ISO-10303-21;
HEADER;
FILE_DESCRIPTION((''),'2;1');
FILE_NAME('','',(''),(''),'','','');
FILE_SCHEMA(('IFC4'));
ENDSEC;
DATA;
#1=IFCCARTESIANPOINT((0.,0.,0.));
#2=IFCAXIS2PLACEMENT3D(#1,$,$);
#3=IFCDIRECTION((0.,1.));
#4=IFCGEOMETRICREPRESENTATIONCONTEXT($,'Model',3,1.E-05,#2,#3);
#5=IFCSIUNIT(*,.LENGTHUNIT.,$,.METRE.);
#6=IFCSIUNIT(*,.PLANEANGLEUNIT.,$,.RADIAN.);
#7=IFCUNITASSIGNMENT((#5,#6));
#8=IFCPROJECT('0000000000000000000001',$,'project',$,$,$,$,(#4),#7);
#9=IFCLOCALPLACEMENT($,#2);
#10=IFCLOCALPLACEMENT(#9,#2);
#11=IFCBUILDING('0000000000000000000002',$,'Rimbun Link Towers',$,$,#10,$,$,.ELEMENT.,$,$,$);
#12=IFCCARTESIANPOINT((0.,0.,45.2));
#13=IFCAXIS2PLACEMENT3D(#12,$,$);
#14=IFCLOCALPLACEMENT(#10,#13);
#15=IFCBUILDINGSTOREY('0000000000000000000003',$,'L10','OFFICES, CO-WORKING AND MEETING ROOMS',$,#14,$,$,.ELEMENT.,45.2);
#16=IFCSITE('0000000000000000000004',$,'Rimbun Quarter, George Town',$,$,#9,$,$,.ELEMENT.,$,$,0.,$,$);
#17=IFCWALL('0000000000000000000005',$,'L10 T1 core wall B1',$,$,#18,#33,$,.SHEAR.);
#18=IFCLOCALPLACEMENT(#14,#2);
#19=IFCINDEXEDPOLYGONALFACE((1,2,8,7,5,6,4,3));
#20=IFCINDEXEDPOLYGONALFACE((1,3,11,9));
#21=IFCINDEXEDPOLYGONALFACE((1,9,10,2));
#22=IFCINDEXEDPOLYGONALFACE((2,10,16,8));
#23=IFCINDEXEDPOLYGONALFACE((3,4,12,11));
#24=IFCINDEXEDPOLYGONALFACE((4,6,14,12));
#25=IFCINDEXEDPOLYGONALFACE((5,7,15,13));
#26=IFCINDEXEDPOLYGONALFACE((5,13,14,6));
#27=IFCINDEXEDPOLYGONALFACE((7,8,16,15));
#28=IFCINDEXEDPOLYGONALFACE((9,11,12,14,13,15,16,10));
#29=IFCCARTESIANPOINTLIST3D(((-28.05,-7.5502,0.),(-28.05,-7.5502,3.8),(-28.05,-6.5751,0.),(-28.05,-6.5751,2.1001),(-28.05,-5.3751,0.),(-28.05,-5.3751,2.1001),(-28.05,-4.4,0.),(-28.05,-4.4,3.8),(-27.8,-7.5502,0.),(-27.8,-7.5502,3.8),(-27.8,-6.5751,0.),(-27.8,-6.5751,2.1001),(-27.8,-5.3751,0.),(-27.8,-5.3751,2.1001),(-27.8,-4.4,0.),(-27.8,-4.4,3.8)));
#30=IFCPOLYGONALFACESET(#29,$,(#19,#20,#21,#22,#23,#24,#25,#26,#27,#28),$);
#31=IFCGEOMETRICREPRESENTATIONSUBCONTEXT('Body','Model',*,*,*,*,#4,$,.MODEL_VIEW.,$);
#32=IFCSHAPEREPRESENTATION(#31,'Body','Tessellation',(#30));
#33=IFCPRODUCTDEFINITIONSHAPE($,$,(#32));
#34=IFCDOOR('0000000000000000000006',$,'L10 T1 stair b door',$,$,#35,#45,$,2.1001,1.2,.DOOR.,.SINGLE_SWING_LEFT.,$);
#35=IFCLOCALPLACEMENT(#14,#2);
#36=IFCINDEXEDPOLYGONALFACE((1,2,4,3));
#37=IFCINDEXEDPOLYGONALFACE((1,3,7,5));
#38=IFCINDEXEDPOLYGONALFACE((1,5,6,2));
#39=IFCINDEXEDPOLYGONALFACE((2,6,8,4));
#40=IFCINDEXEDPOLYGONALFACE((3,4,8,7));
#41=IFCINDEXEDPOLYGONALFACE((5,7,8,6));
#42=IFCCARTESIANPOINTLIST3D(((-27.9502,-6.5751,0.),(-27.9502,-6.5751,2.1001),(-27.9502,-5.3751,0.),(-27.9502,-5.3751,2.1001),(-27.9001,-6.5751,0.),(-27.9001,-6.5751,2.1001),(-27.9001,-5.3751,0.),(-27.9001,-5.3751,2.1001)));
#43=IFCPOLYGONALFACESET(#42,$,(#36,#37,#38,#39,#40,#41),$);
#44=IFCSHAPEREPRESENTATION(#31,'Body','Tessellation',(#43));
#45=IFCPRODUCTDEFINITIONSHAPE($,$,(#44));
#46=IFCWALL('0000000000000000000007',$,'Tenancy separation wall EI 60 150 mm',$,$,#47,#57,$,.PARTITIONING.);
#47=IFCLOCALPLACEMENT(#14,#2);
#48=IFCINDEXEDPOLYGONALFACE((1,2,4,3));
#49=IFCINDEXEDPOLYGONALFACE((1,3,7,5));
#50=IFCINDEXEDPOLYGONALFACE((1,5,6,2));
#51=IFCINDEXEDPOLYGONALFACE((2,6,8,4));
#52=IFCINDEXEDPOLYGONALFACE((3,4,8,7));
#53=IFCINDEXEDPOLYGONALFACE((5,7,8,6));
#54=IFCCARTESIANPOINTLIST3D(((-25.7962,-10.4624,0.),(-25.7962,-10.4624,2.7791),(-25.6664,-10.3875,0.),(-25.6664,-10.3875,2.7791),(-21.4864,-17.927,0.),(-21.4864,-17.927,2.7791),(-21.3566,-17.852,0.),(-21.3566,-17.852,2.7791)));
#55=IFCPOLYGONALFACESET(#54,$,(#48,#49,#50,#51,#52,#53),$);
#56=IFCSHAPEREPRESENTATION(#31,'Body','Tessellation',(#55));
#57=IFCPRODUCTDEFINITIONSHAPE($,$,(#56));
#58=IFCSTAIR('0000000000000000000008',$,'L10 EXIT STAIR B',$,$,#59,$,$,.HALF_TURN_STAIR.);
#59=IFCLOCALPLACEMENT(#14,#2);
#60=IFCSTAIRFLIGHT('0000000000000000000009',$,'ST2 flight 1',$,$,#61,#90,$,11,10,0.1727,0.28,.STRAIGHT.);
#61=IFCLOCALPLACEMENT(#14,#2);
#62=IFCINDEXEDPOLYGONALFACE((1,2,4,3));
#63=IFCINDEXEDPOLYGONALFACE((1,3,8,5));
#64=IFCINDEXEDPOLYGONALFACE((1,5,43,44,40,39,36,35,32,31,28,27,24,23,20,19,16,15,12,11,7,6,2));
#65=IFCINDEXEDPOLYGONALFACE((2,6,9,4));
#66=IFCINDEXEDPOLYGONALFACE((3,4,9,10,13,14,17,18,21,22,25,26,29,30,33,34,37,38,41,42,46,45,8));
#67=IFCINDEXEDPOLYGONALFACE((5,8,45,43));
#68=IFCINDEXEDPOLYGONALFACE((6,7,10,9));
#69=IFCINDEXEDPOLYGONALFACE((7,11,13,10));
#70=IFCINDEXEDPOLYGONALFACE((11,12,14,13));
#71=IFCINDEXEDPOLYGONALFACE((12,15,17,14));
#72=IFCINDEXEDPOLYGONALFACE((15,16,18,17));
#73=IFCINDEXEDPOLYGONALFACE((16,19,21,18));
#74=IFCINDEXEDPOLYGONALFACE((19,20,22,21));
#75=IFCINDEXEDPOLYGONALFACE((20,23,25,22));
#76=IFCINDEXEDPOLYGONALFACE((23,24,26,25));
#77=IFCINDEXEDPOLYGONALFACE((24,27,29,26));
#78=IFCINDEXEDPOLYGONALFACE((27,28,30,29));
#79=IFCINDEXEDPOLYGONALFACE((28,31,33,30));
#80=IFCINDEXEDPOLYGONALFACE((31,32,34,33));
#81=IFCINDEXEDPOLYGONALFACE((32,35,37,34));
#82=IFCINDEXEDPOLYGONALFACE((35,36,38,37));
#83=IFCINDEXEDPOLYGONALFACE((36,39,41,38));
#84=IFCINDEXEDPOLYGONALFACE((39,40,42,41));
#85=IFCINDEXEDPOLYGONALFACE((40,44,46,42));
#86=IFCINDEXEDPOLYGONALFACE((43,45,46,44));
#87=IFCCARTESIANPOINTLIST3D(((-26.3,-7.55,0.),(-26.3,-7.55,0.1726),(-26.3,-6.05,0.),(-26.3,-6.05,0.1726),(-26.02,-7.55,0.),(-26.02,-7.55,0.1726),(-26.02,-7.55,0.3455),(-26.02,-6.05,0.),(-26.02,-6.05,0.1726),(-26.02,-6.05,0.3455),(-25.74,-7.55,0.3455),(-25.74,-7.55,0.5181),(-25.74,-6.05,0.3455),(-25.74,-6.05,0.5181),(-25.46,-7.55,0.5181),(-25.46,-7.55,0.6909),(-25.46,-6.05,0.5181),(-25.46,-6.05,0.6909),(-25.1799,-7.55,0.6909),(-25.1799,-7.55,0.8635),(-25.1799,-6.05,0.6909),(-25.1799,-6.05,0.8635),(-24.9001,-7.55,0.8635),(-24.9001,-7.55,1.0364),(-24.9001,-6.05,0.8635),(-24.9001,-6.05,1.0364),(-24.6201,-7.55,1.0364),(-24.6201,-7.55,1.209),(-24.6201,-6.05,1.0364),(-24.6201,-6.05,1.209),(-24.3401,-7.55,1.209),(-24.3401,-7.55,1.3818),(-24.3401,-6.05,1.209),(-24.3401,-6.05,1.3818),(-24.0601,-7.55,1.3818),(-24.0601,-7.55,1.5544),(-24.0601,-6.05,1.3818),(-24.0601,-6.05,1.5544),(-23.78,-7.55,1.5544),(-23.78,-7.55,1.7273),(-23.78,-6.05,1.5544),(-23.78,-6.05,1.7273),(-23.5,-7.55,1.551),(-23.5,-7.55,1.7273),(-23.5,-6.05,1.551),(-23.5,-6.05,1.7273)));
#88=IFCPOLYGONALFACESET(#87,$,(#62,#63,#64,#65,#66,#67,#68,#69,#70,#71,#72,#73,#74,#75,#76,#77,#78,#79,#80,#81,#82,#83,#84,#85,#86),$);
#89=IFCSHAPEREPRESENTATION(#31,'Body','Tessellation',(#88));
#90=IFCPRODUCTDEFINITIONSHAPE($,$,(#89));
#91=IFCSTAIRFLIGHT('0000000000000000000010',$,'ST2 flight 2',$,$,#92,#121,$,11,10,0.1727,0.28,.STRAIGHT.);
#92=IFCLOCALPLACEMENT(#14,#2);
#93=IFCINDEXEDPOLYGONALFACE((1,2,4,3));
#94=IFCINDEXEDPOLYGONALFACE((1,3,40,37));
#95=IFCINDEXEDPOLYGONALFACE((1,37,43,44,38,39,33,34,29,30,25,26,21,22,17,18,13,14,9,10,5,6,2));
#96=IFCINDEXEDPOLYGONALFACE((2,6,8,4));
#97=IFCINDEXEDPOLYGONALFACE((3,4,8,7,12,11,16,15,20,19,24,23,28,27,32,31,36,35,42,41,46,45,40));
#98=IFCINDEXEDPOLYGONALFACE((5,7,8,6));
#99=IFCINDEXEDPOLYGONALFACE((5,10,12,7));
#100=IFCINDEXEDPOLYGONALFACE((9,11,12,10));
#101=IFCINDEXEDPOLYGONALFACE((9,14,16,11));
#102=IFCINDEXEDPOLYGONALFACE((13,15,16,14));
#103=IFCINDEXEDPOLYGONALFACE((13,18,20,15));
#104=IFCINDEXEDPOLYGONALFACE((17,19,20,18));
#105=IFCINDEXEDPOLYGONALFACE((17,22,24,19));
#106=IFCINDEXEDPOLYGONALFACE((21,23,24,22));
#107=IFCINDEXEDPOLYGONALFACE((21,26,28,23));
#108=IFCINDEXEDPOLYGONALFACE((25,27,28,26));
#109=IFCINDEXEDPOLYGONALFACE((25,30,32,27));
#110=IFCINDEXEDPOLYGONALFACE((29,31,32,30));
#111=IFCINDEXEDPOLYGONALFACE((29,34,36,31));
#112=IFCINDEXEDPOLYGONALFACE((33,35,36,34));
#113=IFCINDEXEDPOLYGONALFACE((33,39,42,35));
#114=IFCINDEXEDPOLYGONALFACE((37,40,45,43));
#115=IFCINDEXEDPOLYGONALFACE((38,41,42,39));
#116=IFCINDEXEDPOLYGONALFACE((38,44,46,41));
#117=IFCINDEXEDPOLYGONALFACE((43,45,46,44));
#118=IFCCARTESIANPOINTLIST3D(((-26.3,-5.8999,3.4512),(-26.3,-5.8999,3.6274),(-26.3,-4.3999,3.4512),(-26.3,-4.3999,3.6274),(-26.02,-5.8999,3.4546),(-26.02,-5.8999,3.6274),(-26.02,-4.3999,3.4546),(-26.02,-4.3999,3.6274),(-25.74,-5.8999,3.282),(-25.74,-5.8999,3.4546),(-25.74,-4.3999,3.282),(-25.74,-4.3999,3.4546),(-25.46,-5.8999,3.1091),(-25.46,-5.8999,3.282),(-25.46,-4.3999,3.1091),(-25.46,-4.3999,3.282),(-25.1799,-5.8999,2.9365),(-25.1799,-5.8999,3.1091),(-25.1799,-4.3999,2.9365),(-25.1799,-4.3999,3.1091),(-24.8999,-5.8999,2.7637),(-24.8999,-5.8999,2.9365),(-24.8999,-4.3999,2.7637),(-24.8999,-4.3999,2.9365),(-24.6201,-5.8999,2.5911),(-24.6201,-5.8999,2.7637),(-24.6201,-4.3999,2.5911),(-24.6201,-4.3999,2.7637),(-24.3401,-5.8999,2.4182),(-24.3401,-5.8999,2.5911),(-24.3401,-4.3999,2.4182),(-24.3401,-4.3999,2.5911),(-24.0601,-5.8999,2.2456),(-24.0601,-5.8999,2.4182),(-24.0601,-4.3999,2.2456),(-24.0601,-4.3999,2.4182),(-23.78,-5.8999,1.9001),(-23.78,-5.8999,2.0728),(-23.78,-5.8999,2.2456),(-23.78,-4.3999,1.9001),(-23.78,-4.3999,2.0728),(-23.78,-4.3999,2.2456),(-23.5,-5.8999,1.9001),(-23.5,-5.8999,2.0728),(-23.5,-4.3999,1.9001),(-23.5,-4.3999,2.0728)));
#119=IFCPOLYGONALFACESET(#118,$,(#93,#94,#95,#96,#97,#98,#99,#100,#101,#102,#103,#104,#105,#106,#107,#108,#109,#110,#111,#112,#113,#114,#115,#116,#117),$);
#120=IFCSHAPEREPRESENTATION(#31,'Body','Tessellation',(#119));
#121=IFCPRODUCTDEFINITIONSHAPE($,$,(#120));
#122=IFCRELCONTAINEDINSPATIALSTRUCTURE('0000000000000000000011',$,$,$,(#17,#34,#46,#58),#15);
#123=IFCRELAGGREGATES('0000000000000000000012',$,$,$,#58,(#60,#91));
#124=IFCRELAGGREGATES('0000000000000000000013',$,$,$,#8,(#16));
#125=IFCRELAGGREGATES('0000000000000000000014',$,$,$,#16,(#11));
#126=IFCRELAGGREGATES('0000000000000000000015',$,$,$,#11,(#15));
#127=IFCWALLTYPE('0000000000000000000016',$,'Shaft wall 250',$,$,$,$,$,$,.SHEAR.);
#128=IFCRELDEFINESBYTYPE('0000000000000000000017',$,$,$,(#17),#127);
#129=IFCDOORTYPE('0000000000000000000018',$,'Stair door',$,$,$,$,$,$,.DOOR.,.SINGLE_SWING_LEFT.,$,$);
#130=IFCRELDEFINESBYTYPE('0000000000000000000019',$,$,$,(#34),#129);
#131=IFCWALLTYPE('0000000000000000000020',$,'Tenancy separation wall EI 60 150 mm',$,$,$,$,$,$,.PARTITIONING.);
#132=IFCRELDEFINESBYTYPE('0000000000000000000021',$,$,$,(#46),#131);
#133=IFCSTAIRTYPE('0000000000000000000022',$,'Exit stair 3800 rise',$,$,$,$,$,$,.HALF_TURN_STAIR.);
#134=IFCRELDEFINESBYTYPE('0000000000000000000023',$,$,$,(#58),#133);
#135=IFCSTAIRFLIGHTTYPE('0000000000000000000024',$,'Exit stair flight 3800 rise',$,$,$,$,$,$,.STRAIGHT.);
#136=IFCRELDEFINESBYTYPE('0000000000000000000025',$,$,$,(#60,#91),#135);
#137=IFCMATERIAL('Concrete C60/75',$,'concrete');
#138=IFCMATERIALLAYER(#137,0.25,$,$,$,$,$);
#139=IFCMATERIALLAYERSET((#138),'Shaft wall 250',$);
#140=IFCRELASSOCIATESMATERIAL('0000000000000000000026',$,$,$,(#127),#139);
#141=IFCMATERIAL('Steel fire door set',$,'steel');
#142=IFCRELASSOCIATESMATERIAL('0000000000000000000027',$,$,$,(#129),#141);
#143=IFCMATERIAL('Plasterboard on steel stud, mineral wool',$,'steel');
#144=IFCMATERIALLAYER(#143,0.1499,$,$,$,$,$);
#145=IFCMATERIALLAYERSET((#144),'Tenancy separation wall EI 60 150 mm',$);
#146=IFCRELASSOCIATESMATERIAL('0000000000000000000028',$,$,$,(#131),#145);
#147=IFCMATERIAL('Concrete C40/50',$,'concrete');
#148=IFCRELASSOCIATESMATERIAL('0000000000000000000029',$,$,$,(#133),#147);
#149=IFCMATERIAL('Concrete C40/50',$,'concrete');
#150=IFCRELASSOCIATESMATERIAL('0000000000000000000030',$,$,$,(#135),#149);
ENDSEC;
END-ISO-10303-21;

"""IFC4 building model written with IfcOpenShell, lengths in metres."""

from ifc_helpers import new_model, si_unit, direction, frame, frame_2d, origin, place, context, subcontext, project, spatial, polyline, rectangle, outline, extrude, material, layer, layer_set, type_object, element, fill, aggregate, save


model = new_model("IFC4")

# Units and contexts
model_context = context("Model", 3, precision=1e-05, world=origin(), true_north=direction((0.0, 1.0)))
body_context = subcontext(model_context, "Body", "Model", "MODEL_VIEW")
ifc_project = project(units=[si_unit("LENGTHUNIT", "METRE"), si_unit("PLANEANGLEUNIT", "RADIAN")], contexts=[model_context])

# Site, building, storey
site_placement = place(None, origin())
site = spatial("IfcSite", under=ifc_project, at=site_placement, Name="Rimbun Quarter, George Town", CompositionType="ELEMENT", RefElevation=0.0)
building_placement = place(site_placement, origin())
building = spatial("IfcBuilding", under=site, at=building_placement, Name="Rimbun Link Towers", CompositionType="ELEMENT")
storey_placement = place(building_placement, frame((0.0, 0.0, 45.2)))
storey = spatial("IfcBuildingStorey", under=building, at=storey_placement, Name="L10", Description="OFFICES, CO-WORKING AND MEETING ROOMS", CompositionType="ELEMENT", Elevation=45.2)

# Shared definitions
ifc_material_1 = material(Name="Concrete C60/75", Category="concrete")
ifc_layer_1 = layer(ifc_material_1, 0.25)
ifc_layer_set_1 = layer_set([ifc_layer_1], Name="Shaft wall 250")
wall_type_1 = type_object("IfcWallType", Name="Shaft wall 250", PredefinedType="SHEAR", material=ifc_layer_set_1)

# Wall, opening, door
wall_1_placement = place(storey_placement, frame((-27.925, -4.3999, 0.0), z_axis=(0.0, 0.0, 1.0), x_axis=(0.0, -1.0, 0.0)))
wall_1 = element("IfcWall", 1, at=wall_1_placement, inside=storey, type_object=wall_type_1, Name="L10 T1 core wall B1", PredefinedType="SHEAR", context=body_context, shape_type="SweptSolid", body=[
    extrude(rectangle(XDim=3.1501, YDim=0.25, at=frame_2d((1.5752, 0.0))), origin(), (0.0, 0.0, 1.0), 3.8),
])
opening_1_placement = place(wall_1_placement, frame((0.9751, 0.0, 0.0)))
opening_1 = element("IfcOpeningElement", 2, at=opening_1_placement, cuts=wall_1, PredefinedType="OPENING", context=body_context, shape_type="SweptSolid", body=[
    extrude(rectangle(XDim=1.2, YDim=2.1001, at=frame_2d((0.6001, 1.05))), frame((0.0, 0.135, 0.0), z_axis=(0.0, -1.0, 0.0), x_axis=(1.0, 0.0, 0.0)), (0.0, 0.0, 1.0), 0.27),
])
ifc_material_2 = material(Name="Steel fire door set", Category="steel")
door_type_1 = type_object("IfcDoorType", Name="Stair door", OperationType="SINGLE_SWING_LEFT", PredefinedType="DOOR", material=ifc_material_2)
door_1_placement = place(opening_1_placement, origin())
door_1 = element("IfcDoor", 3, at=door_1_placement, inside=storey, type_object=door_type_1, Name="L10 T1 stair b door", OperationType="SINGLE_SWING_LEFT", OverallHeight=2.1001, OverallWidth=1.2, PredefinedType="DOOR", context=body_context, shape_type="SweptSolid", body=[
    extrude(rectangle(XDim=1.2, YDim=2.1001, at=frame_2d((0.6001, 1.05))), frame((0.0, 0.0249, 0.0), z_axis=(0.0, -1.0, 0.0), x_axis=(1.0, 0.0, 0.0)), (0.0, 0.0, 1.0), 0.05),
])
fill(opening_1, door_1)

# Wall
ifc_material_3 = material(Name="Plasterboard on steel stud, mineral wool", Category="steel")
ifc_layer_2 = layer(ifc_material_3, 0.1499)
ifc_layer_set_2 = layer_set([ifc_layer_2], Name="Tenancy separation wall EI 60 150 mm")
wall_type_2 = type_object("IfcWallType", Name="Tenancy separation wall EI 60 150 mm", PredefinedType="PARTITIONING", material=ifc_layer_set_2)
wall_2_placement = place(storey_placement, frame((-25.7312, -10.425, 0.0), z_axis=(0.0, 0.0, 1.0), x_axis=(0.500011, -0.866019, 0.0)))
element("IfcWall", 4, at=wall_2_placement, inside=storey, type_object=wall_type_2, Name="Tenancy separation wall EI 60 150 mm", PredefinedType="PARTITIONING", context=body_context, shape_type="SweptSolid", body=[
    extrude(rectangle(XDim=8.6194, YDim=0.1499, at=frame_2d((4.3096, 0.0))), origin(), (0.0, 0.0, 1.0), 2.7791),
])

# Stair, stair flights
ifc_material_4 = material(Name="Concrete C40/50", Category="concrete")
stair_type = type_object("IfcStairType", Name="Exit stair 3800 rise", PredefinedType="HALF_TURN_STAIR", material=ifc_material_4)
stair_placement = place(storey_placement, origin())
stair = element("IfcStair", 5, at=stair_placement, inside=storey, type_object=stair_type, Name="L10 EXIT STAIR B", PredefinedType="HALF_TURN_STAIR")
ifc_material_5 = material(Name="Concrete C40/50", Category="concrete")
stair_flight_type = type_object("IfcStairFlightType", Name="Exit stair flight 3800 rise", PredefinedType="STRAIGHT", material=ifc_material_5)
stair_flight_1_placement = place(storey_placement, frame((-26.3, -6.8, 0.0), z_axis=(0.0, 0.0, 1.0), x_axis=(1.0, 0.0, 0.0)))
stair_flight_1 = element("IfcStairFlight", 6, at=stair_flight_1_placement, type_object=stair_flight_type, Name="ST2 flight 1", NumberOfRisers=11, NumberOfTreads=10, PredefinedType="STRAIGHT", RiserHeight=0.1727, TreadLength=0.28, context=body_context, shape_type="SweptSolid", body=[
    extrude(outline(polyline([(0.0, 0.0), (0.0, 0.1726), (0.28, 0.1726), (0.28, 0.3455), (0.5601, 0.3455), (0.5601, 0.5181), (0.8401, 0.5181), (0.8401, 0.6909), (1.1201, 0.6909), (1.1201, 0.8635), (1.3999, 0.8635), (1.3999, 1.0364), (1.6799, 1.0364), (1.6799, 1.209), (1.96, 1.209), (1.96, 1.3818), (2.24, 1.3818), (2.24, 1.5544), (2.52, 1.5544), (2.52, 1.7273), (2.8, 1.7273), (2.8, 1.8999), (2.8, 1.551), (0.28, 0.0), (0.0, 0.0)])), frame((0.0, 0.75, 0.0), z_axis=(0.0, -1.0, 0.0), x_axis=(1.0, 0.0, 0.0)), (0.0, 0.0, 1.0), 1.5),
])
stair_flight_2_placement = place(storey_placement, frame((-23.5, -5.1499, 1.9001), z_axis=(0.0, 0.0, 1.0), x_axis=(-1.0, 0.0, 0.0)))
stair_flight_2 = element("IfcStairFlight", 7, at=stair_flight_2_placement, type_object=stair_flight_type, Name="ST2 flight 2", NumberOfRisers=11, NumberOfTreads=10, PredefinedType="STRAIGHT", RiserHeight=0.1727, TreadLength=0.28, context=body_context, shape_type="SweptSolid", body=[
    extrude(outline(polyline([(0.0, 0.0), (0.0, 0.1726), (0.28, 0.1726), (0.28, 0.3455), (0.5601, 0.3455), (0.5601, 0.5181), (0.8401, 0.5181), (0.8401, 0.6909), (1.1201, 0.6909), (1.1201, 0.8635), (1.3999, 0.8635), (1.3999, 1.0364), (1.6799, 1.0364), (1.6799, 1.209), (1.96, 1.209), (1.96, 1.3818), (2.24, 1.3818), (2.24, 1.5544), (2.52, 1.5544), (2.52, 1.7273), (2.8, 1.7273), (2.8, 1.8999), (2.8, 1.551), (0.28, 0.0), (0.0, 0.0)])), frame((0.0, 0.75, 0.0), z_axis=(0.0, -1.0, 0.0), x_axis=(1.0, 0.0, 0.0)), (0.0, 0.0, 1.0), 1.5),
])
aggregate(stair, [stair_flight_1, stair_flight_2])

save(model, "model.ifc")
